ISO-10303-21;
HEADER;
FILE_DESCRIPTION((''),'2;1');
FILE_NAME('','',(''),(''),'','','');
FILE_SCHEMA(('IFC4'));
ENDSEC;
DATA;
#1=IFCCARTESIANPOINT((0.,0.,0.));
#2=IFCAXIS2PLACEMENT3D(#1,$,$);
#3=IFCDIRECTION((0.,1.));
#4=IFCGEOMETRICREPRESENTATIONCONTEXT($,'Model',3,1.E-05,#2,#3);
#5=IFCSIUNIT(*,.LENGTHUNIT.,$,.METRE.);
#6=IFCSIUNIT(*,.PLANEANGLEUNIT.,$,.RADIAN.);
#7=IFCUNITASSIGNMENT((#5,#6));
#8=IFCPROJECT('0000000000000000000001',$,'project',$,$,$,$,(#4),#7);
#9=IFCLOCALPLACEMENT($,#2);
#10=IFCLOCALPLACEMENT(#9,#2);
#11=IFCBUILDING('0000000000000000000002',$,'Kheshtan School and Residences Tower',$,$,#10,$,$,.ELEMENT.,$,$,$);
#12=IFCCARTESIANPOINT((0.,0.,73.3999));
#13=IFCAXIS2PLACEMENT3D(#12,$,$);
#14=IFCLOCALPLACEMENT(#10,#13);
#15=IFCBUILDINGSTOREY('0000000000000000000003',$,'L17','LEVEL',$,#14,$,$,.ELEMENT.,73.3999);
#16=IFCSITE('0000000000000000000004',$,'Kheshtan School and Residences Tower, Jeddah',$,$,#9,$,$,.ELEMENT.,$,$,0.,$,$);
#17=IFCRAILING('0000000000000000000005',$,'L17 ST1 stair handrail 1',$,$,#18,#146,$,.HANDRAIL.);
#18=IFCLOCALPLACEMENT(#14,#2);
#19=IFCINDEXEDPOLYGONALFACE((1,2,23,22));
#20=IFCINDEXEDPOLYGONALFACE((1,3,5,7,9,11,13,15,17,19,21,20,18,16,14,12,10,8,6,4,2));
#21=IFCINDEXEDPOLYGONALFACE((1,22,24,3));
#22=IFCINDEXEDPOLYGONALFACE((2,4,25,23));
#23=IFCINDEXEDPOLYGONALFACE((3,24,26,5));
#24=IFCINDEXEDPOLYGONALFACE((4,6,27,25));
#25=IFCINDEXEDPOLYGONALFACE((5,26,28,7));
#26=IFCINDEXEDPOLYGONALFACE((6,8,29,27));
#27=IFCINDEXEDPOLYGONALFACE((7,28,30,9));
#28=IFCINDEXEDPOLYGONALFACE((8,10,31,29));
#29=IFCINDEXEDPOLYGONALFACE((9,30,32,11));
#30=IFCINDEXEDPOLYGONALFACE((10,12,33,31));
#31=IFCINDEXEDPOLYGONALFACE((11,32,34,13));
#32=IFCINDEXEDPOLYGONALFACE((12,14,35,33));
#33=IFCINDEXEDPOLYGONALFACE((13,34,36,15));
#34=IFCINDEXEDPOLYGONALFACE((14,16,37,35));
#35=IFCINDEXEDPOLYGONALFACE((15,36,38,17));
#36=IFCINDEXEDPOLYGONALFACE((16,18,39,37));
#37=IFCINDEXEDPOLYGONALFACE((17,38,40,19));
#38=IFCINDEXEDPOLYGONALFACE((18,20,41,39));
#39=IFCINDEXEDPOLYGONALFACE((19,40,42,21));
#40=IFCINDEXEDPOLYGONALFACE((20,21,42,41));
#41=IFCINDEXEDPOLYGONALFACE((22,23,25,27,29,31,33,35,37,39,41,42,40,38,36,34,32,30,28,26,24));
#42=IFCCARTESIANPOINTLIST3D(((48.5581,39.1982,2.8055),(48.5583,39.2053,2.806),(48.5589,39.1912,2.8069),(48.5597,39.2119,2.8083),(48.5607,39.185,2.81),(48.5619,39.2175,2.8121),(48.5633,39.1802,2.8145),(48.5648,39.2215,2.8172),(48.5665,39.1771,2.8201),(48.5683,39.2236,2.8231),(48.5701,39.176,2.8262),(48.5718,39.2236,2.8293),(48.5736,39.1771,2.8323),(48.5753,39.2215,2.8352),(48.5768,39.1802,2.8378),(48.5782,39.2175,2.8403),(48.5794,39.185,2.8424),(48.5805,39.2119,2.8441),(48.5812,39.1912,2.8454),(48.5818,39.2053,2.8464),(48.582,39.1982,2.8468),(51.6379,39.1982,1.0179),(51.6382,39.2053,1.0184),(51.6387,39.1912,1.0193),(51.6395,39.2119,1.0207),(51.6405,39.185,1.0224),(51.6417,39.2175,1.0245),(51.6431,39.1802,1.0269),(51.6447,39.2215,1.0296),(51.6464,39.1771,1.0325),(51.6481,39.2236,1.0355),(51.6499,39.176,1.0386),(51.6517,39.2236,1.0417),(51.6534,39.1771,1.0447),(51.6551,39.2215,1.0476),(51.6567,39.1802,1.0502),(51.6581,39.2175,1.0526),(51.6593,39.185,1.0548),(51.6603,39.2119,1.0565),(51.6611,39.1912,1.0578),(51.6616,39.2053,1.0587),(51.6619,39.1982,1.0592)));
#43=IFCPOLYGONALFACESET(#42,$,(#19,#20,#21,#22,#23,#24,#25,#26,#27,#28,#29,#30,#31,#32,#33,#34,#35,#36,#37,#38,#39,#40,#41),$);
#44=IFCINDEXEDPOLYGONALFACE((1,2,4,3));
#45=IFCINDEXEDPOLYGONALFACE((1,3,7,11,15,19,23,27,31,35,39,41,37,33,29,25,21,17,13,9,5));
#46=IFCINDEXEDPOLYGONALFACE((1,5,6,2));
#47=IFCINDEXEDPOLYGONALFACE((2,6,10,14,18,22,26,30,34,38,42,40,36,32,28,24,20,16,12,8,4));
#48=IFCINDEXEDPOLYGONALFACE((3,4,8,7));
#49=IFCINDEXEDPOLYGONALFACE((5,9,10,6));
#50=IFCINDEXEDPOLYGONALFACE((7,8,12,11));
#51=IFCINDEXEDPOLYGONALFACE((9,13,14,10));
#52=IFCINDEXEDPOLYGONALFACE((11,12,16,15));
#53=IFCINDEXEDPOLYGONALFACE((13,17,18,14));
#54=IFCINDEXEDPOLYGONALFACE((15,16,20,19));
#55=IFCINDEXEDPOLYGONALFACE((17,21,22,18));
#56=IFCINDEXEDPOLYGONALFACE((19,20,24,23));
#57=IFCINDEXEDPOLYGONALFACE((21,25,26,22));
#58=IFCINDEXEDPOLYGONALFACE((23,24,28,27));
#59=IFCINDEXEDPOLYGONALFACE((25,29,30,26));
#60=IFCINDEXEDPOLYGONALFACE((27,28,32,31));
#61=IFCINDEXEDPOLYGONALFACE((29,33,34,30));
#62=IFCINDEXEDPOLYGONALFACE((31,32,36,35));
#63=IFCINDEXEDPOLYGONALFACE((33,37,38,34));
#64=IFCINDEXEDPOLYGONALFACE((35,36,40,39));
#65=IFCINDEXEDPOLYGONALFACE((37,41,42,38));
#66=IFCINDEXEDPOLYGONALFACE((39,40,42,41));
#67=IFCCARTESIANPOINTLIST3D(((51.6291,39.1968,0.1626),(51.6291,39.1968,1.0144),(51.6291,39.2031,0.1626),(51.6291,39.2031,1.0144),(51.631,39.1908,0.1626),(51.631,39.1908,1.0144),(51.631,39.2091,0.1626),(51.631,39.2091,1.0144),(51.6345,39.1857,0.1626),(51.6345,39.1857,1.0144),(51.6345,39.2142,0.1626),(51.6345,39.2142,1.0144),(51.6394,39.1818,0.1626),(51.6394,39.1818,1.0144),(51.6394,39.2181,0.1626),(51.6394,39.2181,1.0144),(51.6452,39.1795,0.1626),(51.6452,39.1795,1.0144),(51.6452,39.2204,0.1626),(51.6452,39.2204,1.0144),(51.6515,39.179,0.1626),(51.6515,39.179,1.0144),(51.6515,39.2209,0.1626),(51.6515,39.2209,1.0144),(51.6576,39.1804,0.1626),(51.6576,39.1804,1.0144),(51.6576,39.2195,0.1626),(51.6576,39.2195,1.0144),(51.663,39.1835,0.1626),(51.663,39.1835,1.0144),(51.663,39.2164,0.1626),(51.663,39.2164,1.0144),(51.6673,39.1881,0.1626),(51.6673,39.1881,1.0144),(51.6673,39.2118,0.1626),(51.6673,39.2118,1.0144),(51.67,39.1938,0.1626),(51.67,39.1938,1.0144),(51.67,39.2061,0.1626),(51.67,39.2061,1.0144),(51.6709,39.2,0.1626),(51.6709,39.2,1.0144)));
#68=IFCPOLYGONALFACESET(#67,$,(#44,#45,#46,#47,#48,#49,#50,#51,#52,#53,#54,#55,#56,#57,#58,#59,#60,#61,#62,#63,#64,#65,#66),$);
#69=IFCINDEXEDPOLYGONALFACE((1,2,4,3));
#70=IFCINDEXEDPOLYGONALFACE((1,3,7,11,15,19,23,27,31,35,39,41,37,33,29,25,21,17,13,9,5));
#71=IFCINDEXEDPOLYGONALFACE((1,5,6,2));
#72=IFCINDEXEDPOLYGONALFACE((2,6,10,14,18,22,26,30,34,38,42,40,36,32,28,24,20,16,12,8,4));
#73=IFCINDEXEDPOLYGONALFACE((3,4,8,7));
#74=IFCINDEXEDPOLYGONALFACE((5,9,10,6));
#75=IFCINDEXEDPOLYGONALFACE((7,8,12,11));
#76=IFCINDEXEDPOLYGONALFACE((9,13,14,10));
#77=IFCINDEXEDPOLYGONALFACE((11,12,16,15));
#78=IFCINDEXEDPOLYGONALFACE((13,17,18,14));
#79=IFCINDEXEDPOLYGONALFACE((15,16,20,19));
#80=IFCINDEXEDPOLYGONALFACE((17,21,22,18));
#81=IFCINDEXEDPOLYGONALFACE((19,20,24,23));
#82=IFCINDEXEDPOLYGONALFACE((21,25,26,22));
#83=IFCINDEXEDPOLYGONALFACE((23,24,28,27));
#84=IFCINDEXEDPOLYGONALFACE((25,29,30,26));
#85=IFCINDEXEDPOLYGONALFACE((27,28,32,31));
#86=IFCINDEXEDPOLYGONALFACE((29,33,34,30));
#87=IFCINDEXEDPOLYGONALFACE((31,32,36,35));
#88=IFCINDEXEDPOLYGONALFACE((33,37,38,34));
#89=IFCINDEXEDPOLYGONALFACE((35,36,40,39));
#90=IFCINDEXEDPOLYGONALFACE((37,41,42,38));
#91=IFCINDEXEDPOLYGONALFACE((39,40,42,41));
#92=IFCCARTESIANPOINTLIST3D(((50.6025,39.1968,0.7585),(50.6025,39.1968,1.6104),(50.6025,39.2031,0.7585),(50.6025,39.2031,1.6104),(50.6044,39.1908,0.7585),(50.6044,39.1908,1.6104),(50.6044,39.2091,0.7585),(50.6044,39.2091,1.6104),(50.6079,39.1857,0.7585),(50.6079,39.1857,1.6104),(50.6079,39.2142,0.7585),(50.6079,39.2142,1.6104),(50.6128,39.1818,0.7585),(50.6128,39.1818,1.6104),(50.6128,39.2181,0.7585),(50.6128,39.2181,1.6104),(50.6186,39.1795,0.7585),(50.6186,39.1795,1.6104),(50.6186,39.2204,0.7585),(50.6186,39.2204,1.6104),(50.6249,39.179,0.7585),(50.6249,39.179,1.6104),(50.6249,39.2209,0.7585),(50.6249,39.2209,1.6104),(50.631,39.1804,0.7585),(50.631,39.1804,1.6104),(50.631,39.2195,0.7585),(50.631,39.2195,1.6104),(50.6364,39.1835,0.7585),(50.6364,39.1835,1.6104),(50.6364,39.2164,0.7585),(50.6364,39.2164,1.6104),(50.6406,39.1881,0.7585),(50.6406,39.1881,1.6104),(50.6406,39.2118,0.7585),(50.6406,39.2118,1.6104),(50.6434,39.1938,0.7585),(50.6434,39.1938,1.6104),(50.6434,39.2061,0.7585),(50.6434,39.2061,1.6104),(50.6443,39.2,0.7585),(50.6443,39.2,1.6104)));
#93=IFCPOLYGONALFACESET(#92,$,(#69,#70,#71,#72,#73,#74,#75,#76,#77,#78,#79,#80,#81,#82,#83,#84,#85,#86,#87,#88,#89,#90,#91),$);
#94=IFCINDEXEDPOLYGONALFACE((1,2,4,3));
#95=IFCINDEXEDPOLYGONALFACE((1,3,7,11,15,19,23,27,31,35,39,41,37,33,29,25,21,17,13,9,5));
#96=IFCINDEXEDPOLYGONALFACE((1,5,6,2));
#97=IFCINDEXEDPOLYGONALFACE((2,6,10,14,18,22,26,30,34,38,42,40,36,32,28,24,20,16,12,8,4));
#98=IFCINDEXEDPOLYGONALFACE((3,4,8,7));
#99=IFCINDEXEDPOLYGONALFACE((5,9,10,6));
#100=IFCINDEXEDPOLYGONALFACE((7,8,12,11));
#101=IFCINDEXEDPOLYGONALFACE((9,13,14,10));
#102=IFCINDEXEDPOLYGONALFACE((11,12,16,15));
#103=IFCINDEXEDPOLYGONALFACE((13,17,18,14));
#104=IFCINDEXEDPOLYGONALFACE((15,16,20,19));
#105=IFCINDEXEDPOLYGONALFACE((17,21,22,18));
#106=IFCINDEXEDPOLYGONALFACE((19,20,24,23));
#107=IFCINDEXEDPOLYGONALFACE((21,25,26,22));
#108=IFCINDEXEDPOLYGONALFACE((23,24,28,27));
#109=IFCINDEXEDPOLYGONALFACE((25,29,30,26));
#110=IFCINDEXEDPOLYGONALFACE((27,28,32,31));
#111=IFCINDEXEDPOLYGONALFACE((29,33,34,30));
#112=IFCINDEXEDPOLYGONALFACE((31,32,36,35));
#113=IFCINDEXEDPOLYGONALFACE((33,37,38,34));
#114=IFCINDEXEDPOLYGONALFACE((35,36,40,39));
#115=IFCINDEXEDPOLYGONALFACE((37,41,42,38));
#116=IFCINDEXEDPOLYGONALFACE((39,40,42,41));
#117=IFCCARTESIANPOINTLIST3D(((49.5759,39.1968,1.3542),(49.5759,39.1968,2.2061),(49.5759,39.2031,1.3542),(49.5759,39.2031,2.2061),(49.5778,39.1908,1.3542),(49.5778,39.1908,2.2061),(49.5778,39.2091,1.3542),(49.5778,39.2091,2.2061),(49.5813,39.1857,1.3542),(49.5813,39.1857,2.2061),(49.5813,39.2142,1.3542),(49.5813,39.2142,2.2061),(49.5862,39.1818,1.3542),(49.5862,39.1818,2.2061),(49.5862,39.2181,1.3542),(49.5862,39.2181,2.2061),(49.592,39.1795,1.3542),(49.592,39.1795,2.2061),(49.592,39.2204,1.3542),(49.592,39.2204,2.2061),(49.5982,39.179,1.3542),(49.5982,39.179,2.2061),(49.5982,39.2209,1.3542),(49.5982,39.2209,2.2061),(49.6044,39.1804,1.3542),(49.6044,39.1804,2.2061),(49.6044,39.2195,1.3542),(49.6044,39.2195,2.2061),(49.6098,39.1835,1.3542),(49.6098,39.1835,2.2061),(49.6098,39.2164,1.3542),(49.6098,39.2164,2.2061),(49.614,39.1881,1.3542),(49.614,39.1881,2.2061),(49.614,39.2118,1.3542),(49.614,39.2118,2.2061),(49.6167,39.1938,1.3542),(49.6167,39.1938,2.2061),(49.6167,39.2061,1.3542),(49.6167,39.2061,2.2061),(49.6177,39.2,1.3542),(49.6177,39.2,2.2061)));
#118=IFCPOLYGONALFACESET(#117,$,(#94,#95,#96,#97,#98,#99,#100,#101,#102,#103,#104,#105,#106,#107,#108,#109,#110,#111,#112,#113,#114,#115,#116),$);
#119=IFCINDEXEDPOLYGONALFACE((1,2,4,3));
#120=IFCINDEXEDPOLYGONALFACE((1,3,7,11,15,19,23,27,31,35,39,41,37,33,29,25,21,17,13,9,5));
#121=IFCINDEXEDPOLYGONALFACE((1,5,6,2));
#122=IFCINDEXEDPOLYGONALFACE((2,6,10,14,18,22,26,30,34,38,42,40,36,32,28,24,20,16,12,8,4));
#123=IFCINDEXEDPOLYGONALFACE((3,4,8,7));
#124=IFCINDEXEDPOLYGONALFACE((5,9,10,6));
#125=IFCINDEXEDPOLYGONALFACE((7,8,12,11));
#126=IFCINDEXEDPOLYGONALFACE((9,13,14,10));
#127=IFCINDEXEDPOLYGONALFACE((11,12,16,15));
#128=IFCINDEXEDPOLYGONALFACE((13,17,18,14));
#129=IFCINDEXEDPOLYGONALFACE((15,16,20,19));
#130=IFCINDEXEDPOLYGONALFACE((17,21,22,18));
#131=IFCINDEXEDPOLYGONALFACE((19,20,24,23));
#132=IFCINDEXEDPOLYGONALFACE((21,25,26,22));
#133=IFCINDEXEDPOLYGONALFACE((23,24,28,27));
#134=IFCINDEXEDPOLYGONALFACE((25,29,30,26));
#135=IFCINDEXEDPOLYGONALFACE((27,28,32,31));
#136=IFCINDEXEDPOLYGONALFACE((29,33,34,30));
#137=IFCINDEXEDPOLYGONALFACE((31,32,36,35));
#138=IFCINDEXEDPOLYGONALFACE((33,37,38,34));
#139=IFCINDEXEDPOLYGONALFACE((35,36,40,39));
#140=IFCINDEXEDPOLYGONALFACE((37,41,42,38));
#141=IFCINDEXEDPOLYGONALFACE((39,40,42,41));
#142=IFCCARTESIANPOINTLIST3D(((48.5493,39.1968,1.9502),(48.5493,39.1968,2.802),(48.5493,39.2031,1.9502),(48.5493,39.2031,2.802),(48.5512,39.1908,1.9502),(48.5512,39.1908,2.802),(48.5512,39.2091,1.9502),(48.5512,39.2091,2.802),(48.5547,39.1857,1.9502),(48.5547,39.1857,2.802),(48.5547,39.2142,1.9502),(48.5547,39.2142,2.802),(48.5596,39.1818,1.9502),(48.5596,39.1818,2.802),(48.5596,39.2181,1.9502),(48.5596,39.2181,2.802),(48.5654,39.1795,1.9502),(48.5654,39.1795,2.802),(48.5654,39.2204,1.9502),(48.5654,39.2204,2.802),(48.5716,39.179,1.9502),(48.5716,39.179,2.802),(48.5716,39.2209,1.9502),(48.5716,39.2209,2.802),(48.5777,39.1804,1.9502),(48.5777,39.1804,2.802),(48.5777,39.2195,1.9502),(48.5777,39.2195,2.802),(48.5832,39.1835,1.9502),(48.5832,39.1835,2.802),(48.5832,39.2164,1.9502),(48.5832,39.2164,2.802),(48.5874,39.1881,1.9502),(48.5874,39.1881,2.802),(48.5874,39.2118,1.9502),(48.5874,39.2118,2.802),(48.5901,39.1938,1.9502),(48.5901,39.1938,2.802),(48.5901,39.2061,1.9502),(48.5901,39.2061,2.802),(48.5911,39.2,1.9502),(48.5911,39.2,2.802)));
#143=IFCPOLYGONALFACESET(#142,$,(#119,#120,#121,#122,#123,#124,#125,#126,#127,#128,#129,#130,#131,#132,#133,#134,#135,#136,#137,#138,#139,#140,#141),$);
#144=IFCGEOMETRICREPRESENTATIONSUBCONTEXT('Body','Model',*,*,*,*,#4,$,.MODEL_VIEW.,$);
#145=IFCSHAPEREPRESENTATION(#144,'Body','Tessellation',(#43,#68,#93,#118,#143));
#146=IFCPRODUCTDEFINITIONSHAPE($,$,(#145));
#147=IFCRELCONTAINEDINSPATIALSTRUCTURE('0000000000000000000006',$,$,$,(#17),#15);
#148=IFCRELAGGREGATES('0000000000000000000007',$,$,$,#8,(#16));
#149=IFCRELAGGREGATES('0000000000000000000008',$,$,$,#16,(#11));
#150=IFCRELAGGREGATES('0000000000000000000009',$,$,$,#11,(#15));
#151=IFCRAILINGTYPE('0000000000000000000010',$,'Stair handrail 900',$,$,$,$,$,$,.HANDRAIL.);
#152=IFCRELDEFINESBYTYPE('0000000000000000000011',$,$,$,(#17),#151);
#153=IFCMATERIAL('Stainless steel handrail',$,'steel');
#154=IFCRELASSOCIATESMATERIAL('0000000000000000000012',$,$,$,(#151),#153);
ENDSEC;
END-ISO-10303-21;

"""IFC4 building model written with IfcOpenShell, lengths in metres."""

from ifc_helpers import new_model, si_unit, direction, frame, origin, origin_2d, place, context, subcontext, project, spatial, circle, extrude, material, type_object, element, save


model = new_model("IFC4")

# Units and contexts
model_context = context("Model", 3, precision=1e-05, world=origin(), true_north=direction((0.0, 1.0)))
body_context = subcontext(model_context, "Body", "Model", "MODEL_VIEW")
ifc_project = project(units=[si_unit("LENGTHUNIT", "METRE"), si_unit("PLANEANGLEUNIT", "RADIAN")], contexts=[model_context])

# Site, building, storey
site_placement = place(None, origin())
site = spatial("IfcSite", under=ifc_project, at=site_placement, Name="Kheshtan School and Residences Tower, Jeddah", CompositionType="ELEMENT", RefElevation=0.0)
building_placement = place(site_placement, origin())
building = spatial("IfcBuilding", under=site, at=building_placement, Name="Kheshtan School and Residences Tower", CompositionType="ELEMENT")
storey_placement = place(building_placement, frame((0.0, 0.0, 73.3999)))
storey = spatial("IfcBuildingStorey", under=building, at=storey_placement, Name="L17", Description="LEVEL", CompositionType="ELEMENT", Elevation=73.3999)

# Railing
ifc_material_1 = material(Name="Stainless steel handrail", Category="steel")
railing_type_1 = type_object("IfcRailingType", Name="Stair handrail 900", PredefinedType="HANDRAIL", material=ifc_material_1)
railing_1_placement = place(storey_placement, frame((51.6499, 39.2, 0.1626)))
element("IfcRailing", 1, at=railing_1_placement, inside=storey, type_object=railing_type_1, Name="L17 ST1 stair handrail 1", PredefinedType="HANDRAIL", context=body_context, shape_type="SweptSolid", body=[
    extrude(circle(Radius=0.0239, at=origin_2d()), frame((0.0, 0.0, 0.876), z_axis=(-0.864873, 0.0, 0.50199), x_axis=(0.0, -1.0, 0.0)), (0.0, 0.0, 1.0), 3.561),
    extrude(circle(Radius=0.021, at=origin_2d()), origin(), (0.0, 0.0, 1.0), 0.8518),
    extrude(circle(Radius=0.021, at=origin_2d()), frame((-1.0266, 0.0, 0.5959)), (0.0, 0.0, 1.0), 0.8518),
    extrude(circle(Radius=0.021, at=origin_2d()), frame((-2.0532, 0.0, 1.1917)), (0.0, 0.0, 1.0), 0.8518),
    extrude(circle(Radius=0.021, at=origin_2d()), frame((-3.0798, 0.0, 1.7876)), (0.0, 0.0, 1.0), 0.8518),
])

save(model, "model.ifc")
